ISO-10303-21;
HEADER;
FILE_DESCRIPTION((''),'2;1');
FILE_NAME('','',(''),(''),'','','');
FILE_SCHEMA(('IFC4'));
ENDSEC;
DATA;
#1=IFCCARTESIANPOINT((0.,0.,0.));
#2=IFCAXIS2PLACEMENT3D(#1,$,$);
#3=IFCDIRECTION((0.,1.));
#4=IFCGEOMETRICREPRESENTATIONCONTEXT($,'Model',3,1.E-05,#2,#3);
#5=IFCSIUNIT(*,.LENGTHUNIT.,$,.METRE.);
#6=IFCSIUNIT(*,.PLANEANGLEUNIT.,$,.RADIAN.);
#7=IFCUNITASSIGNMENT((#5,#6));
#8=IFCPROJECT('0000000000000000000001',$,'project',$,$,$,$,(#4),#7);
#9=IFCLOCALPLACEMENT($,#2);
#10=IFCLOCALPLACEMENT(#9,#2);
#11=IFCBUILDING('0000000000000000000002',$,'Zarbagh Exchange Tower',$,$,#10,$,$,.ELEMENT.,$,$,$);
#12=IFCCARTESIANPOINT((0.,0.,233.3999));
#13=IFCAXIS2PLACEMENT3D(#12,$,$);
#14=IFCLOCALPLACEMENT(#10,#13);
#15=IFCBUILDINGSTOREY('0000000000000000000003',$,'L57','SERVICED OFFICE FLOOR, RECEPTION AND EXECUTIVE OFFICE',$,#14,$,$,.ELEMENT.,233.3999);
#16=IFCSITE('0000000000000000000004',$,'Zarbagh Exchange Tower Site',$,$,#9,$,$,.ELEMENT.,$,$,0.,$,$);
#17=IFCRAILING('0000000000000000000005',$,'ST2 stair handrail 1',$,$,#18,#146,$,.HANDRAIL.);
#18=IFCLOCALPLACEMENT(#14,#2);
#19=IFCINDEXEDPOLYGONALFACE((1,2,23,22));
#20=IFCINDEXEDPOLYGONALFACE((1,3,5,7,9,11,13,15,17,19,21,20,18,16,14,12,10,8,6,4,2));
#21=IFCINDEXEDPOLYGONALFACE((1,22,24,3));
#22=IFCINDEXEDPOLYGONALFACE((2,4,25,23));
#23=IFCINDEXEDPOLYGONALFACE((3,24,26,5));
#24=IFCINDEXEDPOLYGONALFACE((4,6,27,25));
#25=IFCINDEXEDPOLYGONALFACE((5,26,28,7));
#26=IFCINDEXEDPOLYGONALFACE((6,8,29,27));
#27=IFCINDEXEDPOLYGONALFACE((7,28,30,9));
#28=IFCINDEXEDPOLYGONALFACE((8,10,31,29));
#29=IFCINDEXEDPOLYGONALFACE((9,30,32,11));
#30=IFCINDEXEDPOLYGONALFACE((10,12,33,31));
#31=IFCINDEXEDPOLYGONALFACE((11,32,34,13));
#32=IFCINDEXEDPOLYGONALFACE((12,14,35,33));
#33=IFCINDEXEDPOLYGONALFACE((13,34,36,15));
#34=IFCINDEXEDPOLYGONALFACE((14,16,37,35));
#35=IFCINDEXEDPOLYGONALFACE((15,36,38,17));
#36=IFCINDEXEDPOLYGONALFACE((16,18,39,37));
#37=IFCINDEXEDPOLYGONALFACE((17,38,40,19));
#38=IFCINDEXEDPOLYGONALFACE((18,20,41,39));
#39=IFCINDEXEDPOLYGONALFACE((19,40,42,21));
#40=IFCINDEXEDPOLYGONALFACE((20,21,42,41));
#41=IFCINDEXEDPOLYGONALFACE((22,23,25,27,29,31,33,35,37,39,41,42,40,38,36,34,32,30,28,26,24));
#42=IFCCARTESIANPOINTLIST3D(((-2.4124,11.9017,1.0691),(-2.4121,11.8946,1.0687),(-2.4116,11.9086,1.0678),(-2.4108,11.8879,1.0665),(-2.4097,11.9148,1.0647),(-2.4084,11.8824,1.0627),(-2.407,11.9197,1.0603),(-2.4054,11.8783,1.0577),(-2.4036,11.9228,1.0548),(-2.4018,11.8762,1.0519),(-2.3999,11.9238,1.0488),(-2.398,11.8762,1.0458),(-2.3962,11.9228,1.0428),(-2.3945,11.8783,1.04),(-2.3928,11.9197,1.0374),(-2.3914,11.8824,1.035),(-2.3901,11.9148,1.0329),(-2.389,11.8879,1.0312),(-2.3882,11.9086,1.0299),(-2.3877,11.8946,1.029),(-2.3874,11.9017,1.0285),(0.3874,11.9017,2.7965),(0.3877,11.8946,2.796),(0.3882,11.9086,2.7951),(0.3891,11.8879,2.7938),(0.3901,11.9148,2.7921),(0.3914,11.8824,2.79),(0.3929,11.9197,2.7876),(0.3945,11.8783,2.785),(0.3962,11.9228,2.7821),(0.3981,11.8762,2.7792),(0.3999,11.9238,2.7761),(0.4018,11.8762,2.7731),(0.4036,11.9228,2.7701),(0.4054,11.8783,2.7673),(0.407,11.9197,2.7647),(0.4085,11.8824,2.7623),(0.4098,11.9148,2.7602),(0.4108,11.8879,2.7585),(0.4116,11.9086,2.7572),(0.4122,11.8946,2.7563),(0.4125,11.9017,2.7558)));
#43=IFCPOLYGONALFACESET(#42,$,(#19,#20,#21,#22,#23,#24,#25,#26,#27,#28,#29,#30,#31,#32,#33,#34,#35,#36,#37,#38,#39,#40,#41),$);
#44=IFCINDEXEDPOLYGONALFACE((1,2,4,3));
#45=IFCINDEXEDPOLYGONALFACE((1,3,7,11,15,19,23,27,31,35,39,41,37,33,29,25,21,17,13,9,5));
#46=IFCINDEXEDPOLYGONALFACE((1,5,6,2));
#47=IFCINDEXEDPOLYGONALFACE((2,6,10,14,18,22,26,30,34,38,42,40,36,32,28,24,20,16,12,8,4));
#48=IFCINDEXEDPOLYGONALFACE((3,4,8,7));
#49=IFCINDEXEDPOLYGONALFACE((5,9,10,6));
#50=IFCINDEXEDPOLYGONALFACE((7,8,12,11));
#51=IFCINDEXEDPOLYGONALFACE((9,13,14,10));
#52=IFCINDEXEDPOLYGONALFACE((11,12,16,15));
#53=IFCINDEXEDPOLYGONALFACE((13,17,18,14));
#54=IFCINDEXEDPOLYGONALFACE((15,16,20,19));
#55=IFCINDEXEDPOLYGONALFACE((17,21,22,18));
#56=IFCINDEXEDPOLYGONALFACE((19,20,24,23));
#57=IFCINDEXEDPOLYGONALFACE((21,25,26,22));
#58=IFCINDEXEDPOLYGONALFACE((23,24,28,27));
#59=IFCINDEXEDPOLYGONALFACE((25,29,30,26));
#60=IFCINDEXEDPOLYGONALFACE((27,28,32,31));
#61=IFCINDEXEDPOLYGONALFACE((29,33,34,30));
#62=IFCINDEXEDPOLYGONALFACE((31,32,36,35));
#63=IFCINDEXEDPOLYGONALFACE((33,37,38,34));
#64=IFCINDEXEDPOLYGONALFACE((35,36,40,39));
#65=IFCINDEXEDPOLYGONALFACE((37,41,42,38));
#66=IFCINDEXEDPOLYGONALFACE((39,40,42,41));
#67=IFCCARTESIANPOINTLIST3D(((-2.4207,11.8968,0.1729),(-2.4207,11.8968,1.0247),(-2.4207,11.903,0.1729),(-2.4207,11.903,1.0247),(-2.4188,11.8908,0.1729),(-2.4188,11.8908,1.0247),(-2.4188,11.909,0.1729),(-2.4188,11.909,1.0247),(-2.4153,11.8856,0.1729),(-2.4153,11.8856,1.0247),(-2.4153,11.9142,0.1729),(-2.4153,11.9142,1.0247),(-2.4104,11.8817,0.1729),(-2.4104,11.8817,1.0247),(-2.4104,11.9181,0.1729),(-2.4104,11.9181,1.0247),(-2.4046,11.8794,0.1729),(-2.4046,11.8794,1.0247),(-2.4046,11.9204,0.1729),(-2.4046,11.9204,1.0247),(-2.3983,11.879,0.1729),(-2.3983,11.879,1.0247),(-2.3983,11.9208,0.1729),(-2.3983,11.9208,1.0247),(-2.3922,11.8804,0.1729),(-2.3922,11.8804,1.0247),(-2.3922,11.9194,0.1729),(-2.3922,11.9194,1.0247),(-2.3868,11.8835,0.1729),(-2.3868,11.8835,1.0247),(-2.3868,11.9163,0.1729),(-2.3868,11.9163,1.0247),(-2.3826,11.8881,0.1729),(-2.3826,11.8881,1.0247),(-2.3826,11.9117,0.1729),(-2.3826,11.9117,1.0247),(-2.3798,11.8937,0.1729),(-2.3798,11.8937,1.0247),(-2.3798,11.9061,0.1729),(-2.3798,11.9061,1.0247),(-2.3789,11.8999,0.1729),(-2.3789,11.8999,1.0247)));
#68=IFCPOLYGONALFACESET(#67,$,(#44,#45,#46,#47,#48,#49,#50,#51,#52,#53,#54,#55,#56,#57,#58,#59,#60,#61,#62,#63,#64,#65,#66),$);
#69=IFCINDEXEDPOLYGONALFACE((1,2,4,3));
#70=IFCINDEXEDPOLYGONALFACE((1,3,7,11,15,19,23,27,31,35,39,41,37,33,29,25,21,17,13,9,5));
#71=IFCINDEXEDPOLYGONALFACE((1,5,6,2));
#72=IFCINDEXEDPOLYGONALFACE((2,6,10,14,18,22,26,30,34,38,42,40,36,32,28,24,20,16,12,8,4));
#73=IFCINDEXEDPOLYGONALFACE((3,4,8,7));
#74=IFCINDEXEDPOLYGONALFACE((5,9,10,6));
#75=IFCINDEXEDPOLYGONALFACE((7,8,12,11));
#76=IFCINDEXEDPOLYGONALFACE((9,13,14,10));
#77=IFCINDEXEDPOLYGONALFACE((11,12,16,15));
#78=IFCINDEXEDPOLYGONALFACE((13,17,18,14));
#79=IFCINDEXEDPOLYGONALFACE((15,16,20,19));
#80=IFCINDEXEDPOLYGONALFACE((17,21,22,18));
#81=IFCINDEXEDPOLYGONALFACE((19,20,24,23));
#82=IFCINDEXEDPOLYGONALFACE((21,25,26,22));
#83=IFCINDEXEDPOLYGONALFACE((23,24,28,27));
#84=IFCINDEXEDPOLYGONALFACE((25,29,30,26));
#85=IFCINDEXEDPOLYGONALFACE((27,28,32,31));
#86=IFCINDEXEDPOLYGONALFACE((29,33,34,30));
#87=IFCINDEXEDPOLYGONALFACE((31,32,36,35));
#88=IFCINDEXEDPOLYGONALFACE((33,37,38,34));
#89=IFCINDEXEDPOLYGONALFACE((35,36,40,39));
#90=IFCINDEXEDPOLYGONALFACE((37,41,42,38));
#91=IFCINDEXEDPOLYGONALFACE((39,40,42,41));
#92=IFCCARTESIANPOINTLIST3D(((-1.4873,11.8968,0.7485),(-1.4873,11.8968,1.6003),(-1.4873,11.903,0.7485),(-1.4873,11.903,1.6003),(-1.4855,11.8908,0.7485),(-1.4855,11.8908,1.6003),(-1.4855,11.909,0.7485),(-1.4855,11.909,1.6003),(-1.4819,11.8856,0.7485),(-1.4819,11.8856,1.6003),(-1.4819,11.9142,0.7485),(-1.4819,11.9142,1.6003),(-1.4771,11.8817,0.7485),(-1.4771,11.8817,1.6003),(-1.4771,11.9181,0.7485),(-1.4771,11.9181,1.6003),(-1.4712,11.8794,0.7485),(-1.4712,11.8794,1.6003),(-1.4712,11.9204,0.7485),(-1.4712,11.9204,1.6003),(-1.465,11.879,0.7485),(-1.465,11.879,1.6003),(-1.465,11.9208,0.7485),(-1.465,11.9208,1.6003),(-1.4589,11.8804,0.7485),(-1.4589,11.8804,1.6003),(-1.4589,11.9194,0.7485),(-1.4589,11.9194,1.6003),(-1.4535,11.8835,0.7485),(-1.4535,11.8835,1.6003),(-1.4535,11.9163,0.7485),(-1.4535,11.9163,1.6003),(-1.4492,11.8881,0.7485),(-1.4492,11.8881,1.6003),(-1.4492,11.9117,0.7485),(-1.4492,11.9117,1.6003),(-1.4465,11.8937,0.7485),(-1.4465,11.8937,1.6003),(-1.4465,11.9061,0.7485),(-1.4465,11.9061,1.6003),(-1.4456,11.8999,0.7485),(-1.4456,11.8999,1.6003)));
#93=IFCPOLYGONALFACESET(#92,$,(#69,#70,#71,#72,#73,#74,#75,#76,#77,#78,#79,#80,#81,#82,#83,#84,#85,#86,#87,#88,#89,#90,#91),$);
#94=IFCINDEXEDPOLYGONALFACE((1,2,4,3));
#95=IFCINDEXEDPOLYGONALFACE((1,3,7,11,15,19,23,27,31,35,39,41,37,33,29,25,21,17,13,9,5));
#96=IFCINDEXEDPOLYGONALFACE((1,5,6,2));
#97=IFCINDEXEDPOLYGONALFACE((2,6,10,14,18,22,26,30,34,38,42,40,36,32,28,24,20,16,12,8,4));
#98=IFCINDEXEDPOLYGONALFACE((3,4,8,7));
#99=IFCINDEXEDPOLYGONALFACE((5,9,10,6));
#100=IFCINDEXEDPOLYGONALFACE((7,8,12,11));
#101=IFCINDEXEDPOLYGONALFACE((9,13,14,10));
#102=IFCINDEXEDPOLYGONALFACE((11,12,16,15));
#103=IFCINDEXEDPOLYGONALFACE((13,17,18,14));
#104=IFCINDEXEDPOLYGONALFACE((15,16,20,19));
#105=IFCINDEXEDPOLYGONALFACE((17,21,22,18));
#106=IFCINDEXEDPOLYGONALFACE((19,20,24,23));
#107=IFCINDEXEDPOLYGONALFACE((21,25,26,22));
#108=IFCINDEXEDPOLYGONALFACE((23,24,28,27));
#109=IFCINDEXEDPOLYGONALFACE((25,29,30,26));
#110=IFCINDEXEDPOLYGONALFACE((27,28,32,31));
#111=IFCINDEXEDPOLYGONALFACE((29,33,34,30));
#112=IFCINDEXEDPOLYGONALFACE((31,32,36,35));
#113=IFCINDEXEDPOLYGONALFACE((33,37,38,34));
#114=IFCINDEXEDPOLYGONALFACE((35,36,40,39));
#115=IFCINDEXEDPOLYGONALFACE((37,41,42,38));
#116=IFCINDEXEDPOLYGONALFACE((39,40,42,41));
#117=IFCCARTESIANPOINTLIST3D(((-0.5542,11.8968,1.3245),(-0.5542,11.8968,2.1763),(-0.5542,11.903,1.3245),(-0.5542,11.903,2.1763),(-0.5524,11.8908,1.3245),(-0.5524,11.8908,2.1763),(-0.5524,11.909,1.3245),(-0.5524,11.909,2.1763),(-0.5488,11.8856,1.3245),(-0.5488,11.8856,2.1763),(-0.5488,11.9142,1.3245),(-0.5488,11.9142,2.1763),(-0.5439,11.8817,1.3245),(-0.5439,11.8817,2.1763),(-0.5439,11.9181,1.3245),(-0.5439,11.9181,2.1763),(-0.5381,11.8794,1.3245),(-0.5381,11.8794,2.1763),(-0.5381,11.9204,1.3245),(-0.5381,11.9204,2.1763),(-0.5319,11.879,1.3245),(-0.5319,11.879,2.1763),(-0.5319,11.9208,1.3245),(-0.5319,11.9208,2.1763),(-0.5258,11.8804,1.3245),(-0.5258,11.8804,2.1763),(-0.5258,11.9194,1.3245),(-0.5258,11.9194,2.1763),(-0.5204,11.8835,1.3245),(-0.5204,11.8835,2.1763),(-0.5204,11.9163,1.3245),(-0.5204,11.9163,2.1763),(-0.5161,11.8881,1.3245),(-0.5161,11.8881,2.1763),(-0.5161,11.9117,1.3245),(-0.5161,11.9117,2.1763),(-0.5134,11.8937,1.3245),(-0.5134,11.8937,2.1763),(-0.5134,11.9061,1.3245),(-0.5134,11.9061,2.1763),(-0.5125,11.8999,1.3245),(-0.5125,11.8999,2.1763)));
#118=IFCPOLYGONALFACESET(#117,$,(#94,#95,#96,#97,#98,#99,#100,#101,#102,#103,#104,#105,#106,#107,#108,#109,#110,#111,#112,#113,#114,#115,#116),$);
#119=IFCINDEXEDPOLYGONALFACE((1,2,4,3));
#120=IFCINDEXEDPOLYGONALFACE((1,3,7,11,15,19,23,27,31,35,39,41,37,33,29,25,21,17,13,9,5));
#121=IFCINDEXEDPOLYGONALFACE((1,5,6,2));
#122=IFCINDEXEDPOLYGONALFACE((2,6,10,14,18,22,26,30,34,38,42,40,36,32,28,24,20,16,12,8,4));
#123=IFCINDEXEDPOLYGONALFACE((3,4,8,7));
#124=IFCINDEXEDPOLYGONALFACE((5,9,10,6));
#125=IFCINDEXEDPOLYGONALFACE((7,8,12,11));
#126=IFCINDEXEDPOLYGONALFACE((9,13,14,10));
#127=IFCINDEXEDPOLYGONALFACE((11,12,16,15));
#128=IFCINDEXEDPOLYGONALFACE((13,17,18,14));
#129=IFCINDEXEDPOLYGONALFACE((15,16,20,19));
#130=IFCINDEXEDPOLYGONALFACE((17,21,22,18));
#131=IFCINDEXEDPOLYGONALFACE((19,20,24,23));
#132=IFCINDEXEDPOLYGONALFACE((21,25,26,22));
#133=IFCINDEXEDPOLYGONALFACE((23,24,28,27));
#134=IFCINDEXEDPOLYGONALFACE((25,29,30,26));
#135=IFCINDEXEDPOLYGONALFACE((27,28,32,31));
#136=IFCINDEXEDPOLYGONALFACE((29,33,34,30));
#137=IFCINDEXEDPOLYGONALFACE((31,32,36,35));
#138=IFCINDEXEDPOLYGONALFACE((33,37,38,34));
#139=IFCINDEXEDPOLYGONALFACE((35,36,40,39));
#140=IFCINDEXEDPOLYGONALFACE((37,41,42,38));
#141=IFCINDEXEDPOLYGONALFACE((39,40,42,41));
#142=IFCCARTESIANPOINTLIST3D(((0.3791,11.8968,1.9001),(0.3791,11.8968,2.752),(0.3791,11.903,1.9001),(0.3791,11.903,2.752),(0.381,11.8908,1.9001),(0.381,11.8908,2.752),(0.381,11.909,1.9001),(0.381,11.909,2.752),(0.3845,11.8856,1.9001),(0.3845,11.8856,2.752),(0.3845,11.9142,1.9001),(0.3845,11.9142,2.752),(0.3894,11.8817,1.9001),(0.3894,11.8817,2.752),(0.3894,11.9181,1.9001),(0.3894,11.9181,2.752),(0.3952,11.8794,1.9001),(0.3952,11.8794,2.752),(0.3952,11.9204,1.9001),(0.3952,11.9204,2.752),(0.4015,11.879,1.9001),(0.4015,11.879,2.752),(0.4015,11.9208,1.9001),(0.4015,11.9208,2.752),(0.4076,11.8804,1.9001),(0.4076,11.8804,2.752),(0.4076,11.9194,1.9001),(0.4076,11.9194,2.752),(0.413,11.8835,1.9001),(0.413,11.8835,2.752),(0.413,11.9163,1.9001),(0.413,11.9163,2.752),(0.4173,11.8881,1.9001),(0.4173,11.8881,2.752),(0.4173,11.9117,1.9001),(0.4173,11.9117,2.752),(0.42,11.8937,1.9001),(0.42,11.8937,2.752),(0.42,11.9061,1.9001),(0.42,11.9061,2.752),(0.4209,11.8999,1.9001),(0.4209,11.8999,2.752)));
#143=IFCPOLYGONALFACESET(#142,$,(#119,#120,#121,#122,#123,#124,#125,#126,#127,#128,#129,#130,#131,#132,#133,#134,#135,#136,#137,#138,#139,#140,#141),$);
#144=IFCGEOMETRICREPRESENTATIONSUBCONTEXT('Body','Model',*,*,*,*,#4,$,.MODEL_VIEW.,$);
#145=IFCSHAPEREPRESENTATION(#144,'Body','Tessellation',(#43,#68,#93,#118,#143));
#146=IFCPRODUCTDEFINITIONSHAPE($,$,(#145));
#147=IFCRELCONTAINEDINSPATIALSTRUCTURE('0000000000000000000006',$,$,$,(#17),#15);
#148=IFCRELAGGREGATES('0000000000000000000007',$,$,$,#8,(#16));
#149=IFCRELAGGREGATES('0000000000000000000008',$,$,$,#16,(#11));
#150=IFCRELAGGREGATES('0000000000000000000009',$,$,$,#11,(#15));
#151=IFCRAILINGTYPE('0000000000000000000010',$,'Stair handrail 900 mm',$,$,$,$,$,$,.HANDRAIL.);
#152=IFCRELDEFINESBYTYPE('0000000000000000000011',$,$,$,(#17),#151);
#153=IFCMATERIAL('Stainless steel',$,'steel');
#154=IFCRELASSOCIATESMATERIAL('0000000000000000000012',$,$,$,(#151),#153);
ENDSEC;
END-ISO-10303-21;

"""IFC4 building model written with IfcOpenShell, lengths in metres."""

from ifc_helpers import new_model, si_unit, direction, frame, origin, origin_2d, place, context, subcontext, project, spatial, circle, extrude, material, type_object, element, save


model = new_model("IFC4")

# Units and contexts
model_context = context("Model", 3, precision=1e-05, world=origin(), true_north=direction((0.0, 1.0)))
body_context = subcontext(model_context, "Body", "Model", "MODEL_VIEW")
ifc_project = project(units=[si_unit("LENGTHUNIT", "METRE"), si_unit("PLANEANGLEUNIT", "RADIAN")], contexts=[model_context])

# Site, building, storey
site_placement = place(None, origin())
site = spatial("IfcSite", under=ifc_project, at=site_placement, Name="Zarbagh Exchange Tower Site", CompositionType="ELEMENT", RefElevation=0.0)
building_placement = place(site_placement, origin())
building = spatial("IfcBuilding", under=site, at=building_placement, Name="Zarbagh Exchange Tower", CompositionType="ELEMENT")
storey_placement = place(building_placement, frame((0.0, 0.0, 233.3999)))
storey = spatial("IfcBuildingStorey", under=building, at=storey_placement, Name="L57", Description="SERVICED OFFICE FLOOR, RECEPTION AND EXECUTIVE OFFICE", CompositionType="ELEMENT", Elevation=233.3999)

# Railing
ifc_material_1 = material(Name="Stainless steel", Category="steel")
railing_type_1 = type_object("IfcRailingType", Name="Stair handrail 900 mm", PredefinedType="HANDRAIL", material=ifc_material_1)
railing_1_placement = place(storey_placement, frame((-2.3999, 11.8999, 0.1729)))
element("IfcRailing", 1, at=railing_1_placement, inside=storey, type_object=railing_type_1, Name="ST2 stair handrail 1", PredefinedType="HANDRAIL", context=body_context, shape_type="SweptSolid", body=[
    extrude(circle(Radius=0.0239, at=origin_2d()), frame((0.0, 0.0, 0.876), z_axis=(0.851069, 0.0, 0.525054), x_axis=(0.0, 1.0, 0.0)), (0.0, 0.0, 1.0), 3.2898),
    extrude(circle(Radius=0.021, at=origin_2d()), origin(), (0.0, 0.0, 1.0), 0.8518),
    extrude(circle(Radius=0.021, at=origin_2d()), frame((0.9333, 0.0, 0.5757)), (0.0, 0.0, 1.0), 0.8518),
    extrude(circle(Radius=0.021, at=origin_2d()), frame((1.8665, 0.0, 1.1516)), (0.0, 0.0, 1.0), 0.8518),
    extrude(circle(Radius=0.021, at=origin_2d()), frame((2.7998, 0.0, 1.7273)), (0.0, 0.0, 1.0), 0.8518),
])

save(model, "model.ifc")
